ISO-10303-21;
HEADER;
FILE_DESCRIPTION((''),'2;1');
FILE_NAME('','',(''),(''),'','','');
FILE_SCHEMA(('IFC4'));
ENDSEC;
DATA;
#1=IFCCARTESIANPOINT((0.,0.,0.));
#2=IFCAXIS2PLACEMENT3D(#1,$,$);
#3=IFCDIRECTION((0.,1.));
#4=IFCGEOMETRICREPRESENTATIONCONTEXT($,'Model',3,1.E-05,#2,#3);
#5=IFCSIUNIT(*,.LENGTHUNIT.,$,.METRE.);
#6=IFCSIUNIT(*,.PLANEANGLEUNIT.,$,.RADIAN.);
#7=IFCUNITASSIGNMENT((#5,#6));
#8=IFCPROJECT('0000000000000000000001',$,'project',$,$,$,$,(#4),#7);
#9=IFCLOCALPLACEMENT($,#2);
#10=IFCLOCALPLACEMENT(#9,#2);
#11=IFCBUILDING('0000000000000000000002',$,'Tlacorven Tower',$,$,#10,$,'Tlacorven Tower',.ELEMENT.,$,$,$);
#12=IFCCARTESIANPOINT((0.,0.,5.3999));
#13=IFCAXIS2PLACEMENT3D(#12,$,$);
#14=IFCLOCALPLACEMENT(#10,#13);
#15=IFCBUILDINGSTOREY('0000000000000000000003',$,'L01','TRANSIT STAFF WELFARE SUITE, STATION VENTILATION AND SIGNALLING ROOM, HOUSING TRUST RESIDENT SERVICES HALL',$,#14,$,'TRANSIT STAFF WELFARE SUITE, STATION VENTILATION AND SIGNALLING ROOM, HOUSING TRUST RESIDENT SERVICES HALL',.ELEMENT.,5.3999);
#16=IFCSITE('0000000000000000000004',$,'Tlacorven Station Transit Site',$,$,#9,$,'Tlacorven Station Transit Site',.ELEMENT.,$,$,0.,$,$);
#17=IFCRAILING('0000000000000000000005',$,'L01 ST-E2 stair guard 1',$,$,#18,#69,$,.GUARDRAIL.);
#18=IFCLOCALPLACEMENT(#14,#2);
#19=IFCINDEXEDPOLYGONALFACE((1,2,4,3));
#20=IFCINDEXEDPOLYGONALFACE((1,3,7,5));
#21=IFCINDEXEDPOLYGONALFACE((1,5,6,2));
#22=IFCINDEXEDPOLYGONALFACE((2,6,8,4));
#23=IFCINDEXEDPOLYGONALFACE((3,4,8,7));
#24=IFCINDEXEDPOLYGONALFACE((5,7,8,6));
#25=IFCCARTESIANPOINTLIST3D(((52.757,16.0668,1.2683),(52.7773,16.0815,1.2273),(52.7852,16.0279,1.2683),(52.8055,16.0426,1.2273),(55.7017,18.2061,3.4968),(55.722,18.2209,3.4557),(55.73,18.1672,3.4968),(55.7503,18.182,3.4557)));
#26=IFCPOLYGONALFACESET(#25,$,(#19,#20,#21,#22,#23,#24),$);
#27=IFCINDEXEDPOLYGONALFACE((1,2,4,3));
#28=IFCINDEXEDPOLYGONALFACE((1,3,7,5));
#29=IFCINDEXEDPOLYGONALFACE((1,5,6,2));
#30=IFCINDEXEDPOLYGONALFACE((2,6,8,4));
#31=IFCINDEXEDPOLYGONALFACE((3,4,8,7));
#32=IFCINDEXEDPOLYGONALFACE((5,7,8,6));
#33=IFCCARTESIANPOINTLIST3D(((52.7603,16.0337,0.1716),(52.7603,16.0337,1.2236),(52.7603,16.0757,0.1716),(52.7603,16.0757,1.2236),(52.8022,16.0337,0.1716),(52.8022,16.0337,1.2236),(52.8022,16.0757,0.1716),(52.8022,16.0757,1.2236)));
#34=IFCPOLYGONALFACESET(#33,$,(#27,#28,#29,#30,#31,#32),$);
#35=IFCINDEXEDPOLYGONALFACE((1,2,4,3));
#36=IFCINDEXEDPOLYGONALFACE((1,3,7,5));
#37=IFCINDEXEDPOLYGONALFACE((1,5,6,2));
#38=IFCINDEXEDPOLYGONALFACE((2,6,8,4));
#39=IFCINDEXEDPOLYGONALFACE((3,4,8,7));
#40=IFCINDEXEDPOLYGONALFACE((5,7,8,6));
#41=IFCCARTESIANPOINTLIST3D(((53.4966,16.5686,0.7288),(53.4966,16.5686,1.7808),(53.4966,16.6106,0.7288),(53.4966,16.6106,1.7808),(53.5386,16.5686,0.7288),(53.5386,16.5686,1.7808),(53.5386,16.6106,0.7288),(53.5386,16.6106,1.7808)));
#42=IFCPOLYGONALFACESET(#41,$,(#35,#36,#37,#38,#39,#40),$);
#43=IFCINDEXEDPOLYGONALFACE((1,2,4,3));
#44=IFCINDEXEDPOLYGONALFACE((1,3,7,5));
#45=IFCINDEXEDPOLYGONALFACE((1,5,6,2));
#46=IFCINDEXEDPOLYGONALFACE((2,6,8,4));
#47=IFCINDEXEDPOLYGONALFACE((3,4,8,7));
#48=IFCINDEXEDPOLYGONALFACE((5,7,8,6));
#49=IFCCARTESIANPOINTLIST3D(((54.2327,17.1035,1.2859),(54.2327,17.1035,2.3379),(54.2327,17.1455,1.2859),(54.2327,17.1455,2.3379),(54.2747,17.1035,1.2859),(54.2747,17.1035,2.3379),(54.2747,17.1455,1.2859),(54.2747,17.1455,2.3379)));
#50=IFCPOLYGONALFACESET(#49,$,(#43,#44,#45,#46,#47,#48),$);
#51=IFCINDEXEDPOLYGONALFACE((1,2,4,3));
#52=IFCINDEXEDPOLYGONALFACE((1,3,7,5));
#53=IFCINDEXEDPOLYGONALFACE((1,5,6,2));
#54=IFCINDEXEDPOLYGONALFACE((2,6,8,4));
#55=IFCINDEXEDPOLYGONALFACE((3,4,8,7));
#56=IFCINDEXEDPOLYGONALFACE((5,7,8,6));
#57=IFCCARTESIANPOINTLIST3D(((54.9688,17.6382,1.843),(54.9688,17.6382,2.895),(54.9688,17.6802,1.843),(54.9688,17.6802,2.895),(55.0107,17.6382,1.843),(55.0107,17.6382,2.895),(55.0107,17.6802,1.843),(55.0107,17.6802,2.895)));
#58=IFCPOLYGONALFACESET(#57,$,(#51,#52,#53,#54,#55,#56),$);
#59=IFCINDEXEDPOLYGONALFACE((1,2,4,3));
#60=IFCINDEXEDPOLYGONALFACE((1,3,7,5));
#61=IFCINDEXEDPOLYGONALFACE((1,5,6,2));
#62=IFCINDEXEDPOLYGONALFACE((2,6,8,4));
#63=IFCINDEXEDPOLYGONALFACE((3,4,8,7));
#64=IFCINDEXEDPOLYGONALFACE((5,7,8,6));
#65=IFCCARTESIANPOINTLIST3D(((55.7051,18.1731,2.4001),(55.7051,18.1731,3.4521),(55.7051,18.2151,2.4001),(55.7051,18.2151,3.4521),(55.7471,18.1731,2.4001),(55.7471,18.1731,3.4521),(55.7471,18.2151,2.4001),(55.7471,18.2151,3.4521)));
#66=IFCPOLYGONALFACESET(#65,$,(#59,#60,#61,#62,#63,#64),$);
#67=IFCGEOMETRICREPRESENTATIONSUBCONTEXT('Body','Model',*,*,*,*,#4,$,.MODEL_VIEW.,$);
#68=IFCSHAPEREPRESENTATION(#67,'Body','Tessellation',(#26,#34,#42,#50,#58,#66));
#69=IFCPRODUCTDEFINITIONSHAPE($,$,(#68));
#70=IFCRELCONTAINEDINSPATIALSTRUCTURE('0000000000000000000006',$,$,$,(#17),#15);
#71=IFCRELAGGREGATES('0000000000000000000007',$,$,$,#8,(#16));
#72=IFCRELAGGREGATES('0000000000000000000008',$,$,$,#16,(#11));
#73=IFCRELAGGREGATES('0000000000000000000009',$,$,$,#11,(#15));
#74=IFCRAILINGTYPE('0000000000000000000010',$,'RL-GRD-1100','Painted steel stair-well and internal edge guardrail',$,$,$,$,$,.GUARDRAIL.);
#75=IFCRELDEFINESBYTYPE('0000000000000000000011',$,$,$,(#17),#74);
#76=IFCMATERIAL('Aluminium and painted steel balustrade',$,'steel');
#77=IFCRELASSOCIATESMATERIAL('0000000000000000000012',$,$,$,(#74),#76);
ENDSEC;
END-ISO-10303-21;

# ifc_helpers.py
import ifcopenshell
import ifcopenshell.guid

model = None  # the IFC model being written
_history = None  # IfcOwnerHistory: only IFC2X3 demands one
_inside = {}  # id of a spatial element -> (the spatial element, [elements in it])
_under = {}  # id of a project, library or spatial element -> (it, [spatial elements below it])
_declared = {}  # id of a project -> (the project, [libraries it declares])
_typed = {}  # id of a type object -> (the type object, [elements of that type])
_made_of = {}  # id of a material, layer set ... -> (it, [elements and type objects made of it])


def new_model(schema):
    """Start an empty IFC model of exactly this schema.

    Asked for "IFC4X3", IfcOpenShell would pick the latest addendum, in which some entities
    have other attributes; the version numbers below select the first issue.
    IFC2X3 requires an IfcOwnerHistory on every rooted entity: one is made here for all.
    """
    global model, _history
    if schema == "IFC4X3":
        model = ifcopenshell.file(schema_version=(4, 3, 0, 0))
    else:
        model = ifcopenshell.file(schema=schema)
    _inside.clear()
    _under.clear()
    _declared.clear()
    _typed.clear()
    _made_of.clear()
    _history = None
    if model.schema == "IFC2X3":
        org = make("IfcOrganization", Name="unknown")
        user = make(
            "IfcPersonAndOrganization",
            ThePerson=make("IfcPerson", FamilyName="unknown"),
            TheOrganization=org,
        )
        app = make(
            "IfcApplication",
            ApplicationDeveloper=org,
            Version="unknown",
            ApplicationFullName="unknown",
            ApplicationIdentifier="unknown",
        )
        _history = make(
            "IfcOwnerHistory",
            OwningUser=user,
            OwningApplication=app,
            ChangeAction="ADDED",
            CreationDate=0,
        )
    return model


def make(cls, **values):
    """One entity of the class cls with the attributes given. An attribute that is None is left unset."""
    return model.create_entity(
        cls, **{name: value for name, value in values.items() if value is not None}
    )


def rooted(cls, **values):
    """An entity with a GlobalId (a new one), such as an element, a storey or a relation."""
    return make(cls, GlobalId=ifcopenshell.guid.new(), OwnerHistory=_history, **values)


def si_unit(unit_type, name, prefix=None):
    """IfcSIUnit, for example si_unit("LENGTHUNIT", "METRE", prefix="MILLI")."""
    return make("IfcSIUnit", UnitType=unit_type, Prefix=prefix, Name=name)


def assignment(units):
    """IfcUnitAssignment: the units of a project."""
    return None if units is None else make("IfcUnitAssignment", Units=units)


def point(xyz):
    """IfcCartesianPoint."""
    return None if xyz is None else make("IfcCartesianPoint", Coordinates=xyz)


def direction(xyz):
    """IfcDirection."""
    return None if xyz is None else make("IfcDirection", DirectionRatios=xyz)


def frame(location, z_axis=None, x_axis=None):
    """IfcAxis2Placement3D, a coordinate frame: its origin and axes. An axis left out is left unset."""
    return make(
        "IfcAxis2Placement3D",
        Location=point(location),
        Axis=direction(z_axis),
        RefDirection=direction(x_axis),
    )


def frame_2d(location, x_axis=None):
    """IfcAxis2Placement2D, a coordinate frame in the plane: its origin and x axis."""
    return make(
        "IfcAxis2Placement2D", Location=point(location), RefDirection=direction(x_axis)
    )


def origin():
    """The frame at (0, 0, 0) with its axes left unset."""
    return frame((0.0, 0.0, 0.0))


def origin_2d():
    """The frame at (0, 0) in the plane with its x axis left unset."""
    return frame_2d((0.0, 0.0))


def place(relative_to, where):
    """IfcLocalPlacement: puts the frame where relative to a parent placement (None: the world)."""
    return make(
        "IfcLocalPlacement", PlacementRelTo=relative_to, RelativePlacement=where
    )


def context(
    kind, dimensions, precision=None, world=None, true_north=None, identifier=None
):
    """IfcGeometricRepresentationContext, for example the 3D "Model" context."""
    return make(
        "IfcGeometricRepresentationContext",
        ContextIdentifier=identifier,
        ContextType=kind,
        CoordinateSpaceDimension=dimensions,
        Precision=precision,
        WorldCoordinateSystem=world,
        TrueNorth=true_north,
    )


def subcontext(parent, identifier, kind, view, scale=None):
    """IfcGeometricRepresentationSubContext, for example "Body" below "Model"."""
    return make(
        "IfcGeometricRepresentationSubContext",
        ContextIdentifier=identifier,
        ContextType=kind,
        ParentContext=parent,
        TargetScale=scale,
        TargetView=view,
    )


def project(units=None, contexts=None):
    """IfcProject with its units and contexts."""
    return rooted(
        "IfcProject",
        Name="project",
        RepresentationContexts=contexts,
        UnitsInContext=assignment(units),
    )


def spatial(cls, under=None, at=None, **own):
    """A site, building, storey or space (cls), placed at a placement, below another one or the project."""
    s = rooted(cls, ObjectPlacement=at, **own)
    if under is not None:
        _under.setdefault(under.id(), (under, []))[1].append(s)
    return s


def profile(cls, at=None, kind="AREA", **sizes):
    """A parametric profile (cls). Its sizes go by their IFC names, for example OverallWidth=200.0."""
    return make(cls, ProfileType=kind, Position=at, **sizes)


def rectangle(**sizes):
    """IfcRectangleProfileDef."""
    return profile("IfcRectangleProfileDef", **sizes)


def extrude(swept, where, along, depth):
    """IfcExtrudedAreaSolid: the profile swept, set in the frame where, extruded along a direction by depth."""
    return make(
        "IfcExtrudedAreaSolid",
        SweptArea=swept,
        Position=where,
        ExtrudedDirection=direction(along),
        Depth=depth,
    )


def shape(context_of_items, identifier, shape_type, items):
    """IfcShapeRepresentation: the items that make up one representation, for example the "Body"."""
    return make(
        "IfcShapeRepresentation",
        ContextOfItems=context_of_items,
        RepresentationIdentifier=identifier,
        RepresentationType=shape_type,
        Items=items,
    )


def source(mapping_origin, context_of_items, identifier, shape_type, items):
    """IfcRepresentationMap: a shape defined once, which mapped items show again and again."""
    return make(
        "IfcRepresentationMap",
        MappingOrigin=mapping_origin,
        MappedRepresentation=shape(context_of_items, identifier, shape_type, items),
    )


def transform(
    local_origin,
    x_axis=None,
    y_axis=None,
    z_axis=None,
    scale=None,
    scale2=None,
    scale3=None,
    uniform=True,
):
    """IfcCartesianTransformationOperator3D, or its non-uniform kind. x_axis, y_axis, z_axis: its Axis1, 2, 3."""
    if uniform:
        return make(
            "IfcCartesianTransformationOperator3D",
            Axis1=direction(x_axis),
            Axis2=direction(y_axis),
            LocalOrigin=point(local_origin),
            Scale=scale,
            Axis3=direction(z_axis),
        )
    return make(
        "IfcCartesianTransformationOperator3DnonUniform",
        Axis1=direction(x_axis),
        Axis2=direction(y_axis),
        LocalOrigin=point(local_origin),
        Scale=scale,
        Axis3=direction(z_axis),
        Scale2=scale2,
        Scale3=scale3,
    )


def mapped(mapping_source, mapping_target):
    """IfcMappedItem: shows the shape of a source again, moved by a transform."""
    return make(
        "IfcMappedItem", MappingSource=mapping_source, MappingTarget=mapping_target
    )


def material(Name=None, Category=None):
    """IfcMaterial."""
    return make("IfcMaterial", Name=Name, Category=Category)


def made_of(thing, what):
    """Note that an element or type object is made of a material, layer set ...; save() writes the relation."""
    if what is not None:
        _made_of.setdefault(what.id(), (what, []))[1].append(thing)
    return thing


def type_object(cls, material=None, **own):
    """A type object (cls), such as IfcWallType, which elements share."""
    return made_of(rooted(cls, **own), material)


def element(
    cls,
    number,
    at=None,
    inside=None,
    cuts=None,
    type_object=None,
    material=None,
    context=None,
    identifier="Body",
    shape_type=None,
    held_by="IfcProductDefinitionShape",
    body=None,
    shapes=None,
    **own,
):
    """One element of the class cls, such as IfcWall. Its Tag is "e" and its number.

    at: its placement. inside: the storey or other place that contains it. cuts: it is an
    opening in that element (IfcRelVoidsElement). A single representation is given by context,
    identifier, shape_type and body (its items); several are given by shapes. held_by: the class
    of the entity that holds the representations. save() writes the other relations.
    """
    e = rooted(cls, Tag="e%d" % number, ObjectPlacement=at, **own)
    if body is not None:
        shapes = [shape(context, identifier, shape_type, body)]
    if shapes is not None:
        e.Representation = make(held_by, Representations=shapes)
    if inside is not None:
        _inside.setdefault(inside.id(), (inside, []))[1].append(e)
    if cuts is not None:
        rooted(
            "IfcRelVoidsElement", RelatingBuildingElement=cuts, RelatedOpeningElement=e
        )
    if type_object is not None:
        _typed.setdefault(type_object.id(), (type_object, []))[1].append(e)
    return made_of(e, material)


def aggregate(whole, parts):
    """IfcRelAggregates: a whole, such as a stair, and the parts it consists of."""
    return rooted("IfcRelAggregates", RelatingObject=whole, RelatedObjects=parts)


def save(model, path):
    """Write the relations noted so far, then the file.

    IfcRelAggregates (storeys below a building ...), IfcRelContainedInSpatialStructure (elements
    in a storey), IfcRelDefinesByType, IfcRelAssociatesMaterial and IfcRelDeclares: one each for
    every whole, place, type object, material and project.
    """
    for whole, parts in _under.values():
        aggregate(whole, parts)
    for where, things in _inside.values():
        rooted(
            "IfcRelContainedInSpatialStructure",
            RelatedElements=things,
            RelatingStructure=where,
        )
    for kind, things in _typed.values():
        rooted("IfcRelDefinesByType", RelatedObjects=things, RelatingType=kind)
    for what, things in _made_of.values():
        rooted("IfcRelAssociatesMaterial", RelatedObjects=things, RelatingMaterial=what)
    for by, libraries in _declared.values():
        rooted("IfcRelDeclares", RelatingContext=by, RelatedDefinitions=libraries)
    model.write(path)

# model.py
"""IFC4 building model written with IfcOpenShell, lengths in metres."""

from ifc_helpers import new_model, si_unit, direction, frame, origin, origin_2d, place, context, subcontext, project, spatial, rectangle, extrude, source, transform, mapped, material, type_object, element, save


model = new_model("IFC4")

# Units and contexts
model_context = context("Model", 3, precision=1e-05, world=origin(), true_north=direction((0.0, 1.0)))
body_context = subcontext(model_context, "Body", "Model", "MODEL_VIEW")
ifc_project = project(units=[si_unit("LENGTHUNIT", "METRE"), si_unit("PLANEANGLEUNIT", "RADIAN")], contexts=[model_context])

# Site, building, storey
site_placement = place(None, origin())
site = spatial("IfcSite", under=ifc_project, at=site_placement, Name="Tlacorven Station Transit Site", LongName="Tlacorven Station Transit Site", CompositionType="ELEMENT", RefElevation=0.0)
building_placement = place(site_placement, origin())
building = spatial("IfcBuilding", under=site, at=building_placement, Name="Tlacorven Tower", LongName="Tlacorven Tower", CompositionType="ELEMENT")
storey_placement = place(building_placement, frame((0.0, 0.0, 5.3999)))
storey = spatial("IfcBuildingStorey", under=building, at=storey_placement, Name="L01", Description="TRANSIT STAFF WELFARE SUITE, STATION VENTILATION AND SIGNALLING ROOM, HOUSING TRUST RESIDENT SERVICES HALL", LongName="TRANSIT STAFF WELFARE SUITE, STATION VENTILATION AND SIGNALLING ROOM, HOUSING TRUST RESIDENT SERVICES HALL", CompositionType="ELEMENT", Elevation=5.3999)

# Railing
ifc_material_1 = material(Name="Aluminium and painted steel balustrade", Category="steel")
railing_type_1 = type_object("IfcRailingType", Name="RL-GRD-1100", Description="Painted steel stair-well and internal edge guardrail", PredefinedType="GUARDRAIL", material=ifc_material_1)
shared_shape_1 = source(origin(), body_context, "Body", "SweptSolid", [
    extrude(rectangle(XDim=0.0481, YDim=0.0481, at=origin_2d()), frame((0.0, 0.0, 1.0762), z_axis=(0.689987, 0.501273, 0.522152), x_axis=(-0.587761, 0.809035, 0.0)), (0.0, 0.0, 1.0), 4.2678),
    extrude(rectangle(XDim=0.042, YDim=0.042, at=origin_2d()), origin(), (0.0, 0.0, 1.0), 1.052),
    extrude(rectangle(XDim=0.042, YDim=0.042, at=origin_2d()), frame((0.7363, 0.5349, 0.5571)), (0.0, 0.0, 1.0), 1.052),
    extrude(rectangle(XDim=0.042, YDim=0.042, at=origin_2d()), frame((1.4724, 1.0698, 1.1143)), (0.0, 0.0, 1.0), 1.052),
    extrude(rectangle(XDim=0.042, YDim=0.042, at=origin_2d()), frame((2.2085, 1.6045, 1.6714)), (0.0, 0.0, 1.0), 1.052),
    extrude(rectangle(XDim=0.042, YDim=0.042, at=origin_2d()), frame((2.9448, 2.1394, 2.2285)), (0.0, 0.0, 1.0), 1.052),
])
railing_1_placement = place(storey_placement, frame((52.7812, 16.0547, 0.1716)))
element("IfcRailing", 1, at=railing_1_placement, inside=storey, type_object=railing_type_1, Name="L01 ST-E2 stair guard 1", PredefinedType="GUARDRAIL", context=body_context, shape_type="MappedRepresentation", body=[
    mapped(shared_shape_1, transform((0.0, 0.0, 0.0), scale=1.0)),
])

save(model, "model.ifc")
